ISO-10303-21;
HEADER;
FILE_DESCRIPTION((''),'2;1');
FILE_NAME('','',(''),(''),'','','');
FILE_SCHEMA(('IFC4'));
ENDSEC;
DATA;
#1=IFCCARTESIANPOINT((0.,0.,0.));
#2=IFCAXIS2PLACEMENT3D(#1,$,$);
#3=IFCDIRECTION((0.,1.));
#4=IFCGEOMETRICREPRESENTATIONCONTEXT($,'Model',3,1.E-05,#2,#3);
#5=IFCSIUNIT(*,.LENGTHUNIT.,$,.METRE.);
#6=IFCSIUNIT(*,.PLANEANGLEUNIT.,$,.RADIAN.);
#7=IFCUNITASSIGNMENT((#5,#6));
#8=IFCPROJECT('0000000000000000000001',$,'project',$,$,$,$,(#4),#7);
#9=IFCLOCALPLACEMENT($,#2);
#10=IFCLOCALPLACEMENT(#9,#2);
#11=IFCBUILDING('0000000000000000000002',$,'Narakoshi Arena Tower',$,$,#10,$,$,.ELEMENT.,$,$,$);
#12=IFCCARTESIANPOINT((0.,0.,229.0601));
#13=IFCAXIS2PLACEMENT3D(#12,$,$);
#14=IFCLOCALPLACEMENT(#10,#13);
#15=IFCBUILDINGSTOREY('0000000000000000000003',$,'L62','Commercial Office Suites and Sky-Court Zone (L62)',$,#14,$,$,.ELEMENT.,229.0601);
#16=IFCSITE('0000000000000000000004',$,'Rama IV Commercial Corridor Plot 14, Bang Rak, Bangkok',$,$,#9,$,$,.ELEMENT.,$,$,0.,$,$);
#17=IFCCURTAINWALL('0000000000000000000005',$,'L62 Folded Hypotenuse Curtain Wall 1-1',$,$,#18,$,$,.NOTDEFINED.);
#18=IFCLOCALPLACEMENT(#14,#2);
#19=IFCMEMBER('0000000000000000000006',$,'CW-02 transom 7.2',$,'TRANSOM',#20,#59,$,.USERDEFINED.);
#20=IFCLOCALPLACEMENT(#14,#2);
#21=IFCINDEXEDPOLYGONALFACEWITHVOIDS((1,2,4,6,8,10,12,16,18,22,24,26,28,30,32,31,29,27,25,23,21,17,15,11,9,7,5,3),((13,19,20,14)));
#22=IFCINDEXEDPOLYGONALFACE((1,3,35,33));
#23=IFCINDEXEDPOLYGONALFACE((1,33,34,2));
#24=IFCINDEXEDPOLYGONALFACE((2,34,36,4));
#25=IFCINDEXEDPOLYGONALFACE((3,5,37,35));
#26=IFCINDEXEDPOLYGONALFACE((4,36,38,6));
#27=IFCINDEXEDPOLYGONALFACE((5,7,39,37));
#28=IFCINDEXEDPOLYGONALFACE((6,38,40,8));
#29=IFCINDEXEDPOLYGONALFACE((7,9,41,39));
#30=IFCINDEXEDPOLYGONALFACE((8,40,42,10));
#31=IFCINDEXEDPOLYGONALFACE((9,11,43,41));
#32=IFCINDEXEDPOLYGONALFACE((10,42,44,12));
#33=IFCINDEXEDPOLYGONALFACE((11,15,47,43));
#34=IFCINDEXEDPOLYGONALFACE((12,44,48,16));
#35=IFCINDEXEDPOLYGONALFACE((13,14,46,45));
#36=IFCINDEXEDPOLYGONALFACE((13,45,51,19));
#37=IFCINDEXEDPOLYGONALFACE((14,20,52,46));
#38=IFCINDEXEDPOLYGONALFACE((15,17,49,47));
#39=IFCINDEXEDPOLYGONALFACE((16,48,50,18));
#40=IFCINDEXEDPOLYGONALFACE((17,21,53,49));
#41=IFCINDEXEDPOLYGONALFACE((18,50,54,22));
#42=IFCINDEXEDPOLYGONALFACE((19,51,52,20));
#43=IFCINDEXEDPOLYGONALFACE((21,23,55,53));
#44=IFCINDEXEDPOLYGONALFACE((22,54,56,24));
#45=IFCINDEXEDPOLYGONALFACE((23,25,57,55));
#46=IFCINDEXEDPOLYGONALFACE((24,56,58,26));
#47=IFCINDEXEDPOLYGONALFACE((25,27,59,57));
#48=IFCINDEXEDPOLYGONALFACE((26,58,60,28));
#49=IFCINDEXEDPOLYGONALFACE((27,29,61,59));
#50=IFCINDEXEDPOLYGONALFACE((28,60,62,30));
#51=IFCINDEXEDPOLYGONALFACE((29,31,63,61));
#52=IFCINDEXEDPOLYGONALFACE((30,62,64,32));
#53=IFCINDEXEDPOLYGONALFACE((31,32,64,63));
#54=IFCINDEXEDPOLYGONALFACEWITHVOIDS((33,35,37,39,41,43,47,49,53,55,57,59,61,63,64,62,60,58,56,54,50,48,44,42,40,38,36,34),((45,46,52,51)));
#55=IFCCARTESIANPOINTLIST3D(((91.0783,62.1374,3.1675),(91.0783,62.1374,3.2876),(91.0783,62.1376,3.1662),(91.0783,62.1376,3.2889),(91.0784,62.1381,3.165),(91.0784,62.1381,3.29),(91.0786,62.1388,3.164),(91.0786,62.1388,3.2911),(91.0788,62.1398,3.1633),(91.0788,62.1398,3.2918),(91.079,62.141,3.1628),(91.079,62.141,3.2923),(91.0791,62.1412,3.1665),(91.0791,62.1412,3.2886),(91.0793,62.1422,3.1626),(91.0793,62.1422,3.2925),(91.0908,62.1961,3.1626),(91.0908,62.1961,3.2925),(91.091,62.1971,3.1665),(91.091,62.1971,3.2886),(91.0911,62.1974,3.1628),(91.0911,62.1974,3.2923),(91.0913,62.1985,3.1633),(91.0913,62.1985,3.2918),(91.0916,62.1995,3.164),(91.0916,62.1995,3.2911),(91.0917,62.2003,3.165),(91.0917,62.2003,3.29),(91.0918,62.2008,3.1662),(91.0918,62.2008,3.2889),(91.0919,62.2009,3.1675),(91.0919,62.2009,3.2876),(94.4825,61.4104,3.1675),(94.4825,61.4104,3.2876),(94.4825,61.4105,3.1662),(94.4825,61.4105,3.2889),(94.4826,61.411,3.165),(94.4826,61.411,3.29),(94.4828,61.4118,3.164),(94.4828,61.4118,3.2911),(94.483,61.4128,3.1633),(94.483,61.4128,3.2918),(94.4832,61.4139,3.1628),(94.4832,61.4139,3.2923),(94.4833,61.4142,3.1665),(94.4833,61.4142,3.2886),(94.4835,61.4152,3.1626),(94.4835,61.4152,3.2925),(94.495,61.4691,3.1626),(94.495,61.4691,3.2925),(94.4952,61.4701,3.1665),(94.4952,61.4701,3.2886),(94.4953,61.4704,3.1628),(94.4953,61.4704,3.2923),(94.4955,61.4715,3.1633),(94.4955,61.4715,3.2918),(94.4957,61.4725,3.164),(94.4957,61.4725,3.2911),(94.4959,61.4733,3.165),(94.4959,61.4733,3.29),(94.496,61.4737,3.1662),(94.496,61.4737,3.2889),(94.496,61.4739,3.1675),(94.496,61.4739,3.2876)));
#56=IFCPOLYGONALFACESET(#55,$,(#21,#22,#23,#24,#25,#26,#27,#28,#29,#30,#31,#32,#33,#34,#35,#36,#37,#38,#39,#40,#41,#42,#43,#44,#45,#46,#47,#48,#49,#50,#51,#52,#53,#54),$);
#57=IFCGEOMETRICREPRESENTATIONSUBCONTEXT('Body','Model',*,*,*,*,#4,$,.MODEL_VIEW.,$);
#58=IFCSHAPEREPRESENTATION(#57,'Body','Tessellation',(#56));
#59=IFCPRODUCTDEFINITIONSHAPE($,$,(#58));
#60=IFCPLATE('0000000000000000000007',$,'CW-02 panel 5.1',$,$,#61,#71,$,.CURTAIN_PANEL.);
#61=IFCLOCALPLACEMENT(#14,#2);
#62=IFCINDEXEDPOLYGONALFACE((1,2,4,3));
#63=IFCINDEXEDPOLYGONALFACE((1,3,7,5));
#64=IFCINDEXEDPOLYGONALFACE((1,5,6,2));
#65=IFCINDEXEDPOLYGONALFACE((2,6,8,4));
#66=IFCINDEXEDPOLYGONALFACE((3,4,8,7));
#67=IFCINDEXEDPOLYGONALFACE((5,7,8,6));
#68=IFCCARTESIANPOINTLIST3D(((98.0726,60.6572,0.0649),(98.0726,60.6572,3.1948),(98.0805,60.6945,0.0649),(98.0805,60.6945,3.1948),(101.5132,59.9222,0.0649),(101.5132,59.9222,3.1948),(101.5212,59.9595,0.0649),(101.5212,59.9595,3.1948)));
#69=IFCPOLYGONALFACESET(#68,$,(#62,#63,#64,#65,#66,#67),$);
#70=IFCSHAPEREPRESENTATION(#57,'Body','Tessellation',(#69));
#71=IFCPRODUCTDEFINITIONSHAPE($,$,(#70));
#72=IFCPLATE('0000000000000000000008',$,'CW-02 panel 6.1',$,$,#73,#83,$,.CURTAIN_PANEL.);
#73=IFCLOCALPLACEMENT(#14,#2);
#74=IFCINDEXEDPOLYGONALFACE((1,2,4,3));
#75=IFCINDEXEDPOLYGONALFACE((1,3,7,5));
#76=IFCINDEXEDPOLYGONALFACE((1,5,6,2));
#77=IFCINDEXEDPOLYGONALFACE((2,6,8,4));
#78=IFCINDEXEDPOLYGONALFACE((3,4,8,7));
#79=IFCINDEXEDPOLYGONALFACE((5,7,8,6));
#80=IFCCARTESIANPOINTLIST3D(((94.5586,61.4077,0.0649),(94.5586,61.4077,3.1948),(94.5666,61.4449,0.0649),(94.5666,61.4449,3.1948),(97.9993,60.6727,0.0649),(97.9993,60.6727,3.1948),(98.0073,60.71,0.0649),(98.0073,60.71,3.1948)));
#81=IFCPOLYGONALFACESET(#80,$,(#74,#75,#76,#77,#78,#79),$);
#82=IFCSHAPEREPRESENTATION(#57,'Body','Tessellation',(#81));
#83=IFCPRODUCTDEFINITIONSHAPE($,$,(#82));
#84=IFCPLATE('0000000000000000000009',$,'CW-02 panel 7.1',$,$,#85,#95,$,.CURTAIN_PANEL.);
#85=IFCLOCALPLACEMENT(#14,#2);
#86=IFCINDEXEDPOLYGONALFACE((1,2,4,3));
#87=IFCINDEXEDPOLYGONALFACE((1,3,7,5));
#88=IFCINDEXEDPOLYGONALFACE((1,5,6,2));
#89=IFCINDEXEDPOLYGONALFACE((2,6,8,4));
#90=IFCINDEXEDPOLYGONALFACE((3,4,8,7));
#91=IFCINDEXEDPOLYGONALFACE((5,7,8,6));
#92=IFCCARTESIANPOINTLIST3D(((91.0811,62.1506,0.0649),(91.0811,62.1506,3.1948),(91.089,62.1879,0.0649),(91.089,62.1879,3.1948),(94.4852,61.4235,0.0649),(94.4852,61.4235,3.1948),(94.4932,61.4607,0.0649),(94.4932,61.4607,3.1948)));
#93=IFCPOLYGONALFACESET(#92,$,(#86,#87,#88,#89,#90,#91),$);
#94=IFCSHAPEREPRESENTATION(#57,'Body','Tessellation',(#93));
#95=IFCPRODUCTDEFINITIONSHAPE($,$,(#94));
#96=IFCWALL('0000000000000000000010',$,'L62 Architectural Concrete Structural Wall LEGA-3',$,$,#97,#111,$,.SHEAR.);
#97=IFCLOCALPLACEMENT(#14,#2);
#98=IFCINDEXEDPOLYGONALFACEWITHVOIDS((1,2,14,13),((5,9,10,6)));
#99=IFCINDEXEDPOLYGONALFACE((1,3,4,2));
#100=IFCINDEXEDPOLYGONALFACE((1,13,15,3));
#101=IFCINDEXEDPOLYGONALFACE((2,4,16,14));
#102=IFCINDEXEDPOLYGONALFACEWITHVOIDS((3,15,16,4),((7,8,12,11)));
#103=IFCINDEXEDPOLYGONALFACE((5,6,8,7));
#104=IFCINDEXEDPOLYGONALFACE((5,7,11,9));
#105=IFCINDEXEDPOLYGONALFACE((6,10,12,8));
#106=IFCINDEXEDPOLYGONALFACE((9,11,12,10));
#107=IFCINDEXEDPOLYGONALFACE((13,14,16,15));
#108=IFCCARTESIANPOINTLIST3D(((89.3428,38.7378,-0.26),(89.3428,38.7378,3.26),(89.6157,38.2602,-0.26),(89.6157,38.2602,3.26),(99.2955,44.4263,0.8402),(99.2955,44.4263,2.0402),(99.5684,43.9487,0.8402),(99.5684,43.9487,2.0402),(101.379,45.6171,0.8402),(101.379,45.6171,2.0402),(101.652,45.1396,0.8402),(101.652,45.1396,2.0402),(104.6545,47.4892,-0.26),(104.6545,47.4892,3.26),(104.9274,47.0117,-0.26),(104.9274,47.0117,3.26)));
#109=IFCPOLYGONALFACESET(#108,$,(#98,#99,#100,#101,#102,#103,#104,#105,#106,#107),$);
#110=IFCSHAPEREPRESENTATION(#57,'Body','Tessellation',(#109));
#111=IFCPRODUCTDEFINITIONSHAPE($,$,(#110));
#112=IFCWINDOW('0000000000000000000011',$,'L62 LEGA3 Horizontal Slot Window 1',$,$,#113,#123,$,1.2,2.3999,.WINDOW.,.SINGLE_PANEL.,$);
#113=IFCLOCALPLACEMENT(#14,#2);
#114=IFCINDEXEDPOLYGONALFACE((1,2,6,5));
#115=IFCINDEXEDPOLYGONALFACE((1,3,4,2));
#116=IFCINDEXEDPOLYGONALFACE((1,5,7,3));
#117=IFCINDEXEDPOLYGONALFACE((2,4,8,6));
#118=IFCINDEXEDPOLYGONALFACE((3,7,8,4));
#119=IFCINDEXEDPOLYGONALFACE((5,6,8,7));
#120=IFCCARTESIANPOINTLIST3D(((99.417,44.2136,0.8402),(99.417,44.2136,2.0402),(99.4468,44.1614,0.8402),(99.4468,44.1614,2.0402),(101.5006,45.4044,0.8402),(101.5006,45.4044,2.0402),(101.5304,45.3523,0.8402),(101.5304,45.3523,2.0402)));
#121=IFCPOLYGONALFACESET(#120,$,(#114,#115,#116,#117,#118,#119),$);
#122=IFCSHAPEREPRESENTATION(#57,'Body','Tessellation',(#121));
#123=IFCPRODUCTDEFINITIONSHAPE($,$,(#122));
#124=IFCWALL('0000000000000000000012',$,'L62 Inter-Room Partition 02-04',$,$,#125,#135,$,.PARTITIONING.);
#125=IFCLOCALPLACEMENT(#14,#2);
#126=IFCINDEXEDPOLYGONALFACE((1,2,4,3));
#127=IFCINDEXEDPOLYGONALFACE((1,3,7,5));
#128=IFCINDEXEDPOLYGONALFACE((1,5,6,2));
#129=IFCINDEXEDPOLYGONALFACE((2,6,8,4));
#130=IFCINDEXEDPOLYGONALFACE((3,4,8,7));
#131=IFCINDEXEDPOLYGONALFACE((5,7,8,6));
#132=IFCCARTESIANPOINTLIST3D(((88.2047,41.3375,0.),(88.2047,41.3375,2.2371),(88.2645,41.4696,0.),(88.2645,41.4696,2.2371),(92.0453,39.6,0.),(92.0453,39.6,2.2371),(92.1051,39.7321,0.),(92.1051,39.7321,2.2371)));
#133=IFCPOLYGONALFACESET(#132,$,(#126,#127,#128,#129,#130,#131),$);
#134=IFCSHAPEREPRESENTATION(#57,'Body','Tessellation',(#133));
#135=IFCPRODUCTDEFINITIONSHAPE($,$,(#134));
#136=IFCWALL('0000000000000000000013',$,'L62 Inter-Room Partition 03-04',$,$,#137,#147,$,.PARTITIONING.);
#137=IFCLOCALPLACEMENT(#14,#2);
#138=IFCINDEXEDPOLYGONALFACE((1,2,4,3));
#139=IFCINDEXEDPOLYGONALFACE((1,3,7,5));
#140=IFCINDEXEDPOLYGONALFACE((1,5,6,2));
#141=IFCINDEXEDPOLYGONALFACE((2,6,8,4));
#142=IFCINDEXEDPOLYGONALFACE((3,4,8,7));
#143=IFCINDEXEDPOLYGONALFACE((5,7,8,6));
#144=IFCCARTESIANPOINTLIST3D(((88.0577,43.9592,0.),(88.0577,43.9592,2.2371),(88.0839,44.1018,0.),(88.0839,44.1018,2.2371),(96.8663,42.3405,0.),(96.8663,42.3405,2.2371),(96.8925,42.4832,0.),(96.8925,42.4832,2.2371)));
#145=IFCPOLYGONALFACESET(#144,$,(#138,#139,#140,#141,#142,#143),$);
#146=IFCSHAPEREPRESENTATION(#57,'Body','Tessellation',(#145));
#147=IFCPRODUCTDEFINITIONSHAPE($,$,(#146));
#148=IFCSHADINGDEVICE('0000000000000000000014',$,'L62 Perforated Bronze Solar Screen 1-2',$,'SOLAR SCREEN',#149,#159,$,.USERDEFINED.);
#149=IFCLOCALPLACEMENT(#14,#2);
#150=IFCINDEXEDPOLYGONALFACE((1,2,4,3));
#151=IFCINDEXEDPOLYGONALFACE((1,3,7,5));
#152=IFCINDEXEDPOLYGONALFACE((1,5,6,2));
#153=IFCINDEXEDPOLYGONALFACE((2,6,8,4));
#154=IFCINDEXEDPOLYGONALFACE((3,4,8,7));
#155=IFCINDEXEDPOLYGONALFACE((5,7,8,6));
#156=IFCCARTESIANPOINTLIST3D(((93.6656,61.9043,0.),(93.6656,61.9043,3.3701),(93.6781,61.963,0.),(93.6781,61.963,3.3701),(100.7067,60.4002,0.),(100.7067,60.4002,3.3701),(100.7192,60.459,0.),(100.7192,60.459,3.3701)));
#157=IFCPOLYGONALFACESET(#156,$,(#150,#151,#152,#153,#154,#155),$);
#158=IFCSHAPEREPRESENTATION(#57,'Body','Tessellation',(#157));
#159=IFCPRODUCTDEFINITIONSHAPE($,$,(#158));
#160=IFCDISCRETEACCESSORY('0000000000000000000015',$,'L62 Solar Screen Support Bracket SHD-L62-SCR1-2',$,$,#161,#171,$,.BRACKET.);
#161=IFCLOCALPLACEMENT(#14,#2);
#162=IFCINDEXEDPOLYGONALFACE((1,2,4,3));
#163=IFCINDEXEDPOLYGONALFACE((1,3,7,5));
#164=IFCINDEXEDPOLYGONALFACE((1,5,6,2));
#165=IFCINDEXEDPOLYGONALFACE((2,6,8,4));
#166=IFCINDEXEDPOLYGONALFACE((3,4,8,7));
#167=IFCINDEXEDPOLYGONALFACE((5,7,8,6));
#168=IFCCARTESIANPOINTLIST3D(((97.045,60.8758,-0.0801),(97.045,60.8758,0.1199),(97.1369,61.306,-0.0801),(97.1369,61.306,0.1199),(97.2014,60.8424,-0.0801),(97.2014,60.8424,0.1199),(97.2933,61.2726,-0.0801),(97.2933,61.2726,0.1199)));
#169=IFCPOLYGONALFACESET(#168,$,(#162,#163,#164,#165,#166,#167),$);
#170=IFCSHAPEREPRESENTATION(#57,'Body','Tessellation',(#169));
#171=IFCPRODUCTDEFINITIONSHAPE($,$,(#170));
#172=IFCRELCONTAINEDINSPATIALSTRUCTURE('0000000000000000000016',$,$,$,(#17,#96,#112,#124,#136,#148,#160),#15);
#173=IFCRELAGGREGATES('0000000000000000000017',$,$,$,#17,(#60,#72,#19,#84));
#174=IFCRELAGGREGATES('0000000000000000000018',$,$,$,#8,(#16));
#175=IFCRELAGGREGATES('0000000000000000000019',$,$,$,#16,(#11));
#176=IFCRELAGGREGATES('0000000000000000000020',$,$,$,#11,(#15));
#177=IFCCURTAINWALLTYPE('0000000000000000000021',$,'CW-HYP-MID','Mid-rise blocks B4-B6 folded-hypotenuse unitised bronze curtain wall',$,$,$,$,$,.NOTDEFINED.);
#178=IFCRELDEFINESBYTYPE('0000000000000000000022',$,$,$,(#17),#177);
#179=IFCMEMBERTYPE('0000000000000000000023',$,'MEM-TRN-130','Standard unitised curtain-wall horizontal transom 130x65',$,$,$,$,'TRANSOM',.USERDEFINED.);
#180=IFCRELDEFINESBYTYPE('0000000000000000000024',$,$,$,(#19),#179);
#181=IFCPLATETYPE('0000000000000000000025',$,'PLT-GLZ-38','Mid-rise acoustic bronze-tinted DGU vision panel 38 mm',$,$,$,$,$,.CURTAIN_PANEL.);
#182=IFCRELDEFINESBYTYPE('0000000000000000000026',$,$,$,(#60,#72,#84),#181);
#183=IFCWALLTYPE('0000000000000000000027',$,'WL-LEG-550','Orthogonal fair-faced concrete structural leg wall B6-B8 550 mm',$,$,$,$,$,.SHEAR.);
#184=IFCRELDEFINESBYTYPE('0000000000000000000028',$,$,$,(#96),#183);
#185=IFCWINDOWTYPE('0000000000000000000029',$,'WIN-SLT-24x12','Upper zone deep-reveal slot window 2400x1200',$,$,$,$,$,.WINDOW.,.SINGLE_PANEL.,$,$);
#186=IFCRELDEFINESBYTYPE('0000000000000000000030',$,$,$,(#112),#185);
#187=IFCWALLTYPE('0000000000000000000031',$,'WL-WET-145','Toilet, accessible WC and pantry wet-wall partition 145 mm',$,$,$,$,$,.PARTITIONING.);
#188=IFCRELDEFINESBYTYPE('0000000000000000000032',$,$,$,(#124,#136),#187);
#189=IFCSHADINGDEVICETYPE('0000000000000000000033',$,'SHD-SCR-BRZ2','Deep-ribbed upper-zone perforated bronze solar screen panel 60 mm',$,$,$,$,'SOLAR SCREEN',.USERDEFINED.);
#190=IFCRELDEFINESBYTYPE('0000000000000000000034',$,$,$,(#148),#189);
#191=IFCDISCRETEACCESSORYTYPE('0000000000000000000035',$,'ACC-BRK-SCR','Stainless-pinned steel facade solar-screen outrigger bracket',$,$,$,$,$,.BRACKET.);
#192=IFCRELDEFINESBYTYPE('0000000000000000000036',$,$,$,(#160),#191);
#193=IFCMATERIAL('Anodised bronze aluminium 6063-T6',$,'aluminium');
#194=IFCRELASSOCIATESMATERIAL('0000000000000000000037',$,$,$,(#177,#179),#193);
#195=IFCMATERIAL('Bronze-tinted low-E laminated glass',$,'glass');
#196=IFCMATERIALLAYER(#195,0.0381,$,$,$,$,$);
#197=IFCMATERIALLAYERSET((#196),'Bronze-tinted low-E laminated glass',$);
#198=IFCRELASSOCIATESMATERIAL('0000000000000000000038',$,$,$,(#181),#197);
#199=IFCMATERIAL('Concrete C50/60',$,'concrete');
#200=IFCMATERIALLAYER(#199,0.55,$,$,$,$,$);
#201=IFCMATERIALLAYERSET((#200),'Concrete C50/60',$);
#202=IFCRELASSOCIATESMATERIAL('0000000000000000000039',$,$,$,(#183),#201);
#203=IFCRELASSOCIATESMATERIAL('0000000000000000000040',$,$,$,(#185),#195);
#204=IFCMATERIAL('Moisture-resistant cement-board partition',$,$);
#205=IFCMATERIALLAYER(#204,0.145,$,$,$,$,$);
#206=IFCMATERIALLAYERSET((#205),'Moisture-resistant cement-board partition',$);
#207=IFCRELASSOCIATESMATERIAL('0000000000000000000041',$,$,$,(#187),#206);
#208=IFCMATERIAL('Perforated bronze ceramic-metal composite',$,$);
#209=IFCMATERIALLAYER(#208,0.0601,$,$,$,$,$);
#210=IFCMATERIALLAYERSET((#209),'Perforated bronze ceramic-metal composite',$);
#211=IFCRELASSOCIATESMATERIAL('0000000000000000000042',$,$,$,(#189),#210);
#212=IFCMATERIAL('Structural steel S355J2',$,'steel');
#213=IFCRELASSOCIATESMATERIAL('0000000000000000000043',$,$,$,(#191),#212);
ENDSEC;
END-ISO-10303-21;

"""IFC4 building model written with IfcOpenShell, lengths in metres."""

from ifc_helpers import new_model, si_unit, direction, frame, frame_2d, origin, origin_2d, place, context, subcontext, project, spatial, rectangle, hollow_rectangle, extrude, material, layer, layer_set, material_profile, profile_set, type_object, element, fill, aggregate, save


model = new_model("IFC4")

# Units and contexts
model_context = context("Model", 3, precision=1e-05, world=origin(), true_north=direction((0.0, 1.0)))
body_context = subcontext(model_context, "Body", "Model", "MODEL_VIEW")
ifc_project = project(units=[si_unit("LENGTHUNIT", "METRE"), si_unit("PLANEANGLEUNIT", "RADIAN")], contexts=[model_context])

# Site, building, storey
site_placement = place(None, origin())
site = spatial("IfcSite", under=ifc_project, at=site_placement, Name="Rama IV Commercial Corridor Plot 14, Bang Rak, Bangkok", CompositionType="ELEMENT", RefElevation=0.0)
building_placement = place(site_placement, origin())
building = spatial("IfcBuilding", under=site, at=building_placement, Name="Narakoshi Arena Tower", CompositionType="ELEMENT")
storey_placement = place(building_placement, frame((0.0, 0.0, 229.0601)))
storey = spatial("IfcBuildingStorey", under=building, at=storey_placement, Name="L62", Description="Commercial Office Suites and Sky-Court Zone (L62)", CompositionType="ELEMENT", Elevation=229.0601)

# Shared definitions
ifc_material_1 = material(Name="Concrete C50/60", Category="concrete")

# Curtain wall, member, plates
ifc_material_2 = material(Name="Anodised bronze aluminium 6063-T6", Category="aluminium")
curtain_wall_type = type_object("IfcCurtainWallType", Name="CW-HYP-MID", Description="Mid-rise blocks B4-B6 folded-hypotenuse unitised bronze curtain wall", PredefinedType="NOTDEFINED", material=ifc_material_2)
curtain_wall_placement = place(storey_placement, origin())
curtain_wall = element("IfcCurtainWall", 1, at=curtain_wall_placement, inside=storey, type_object=curtain_wall_type, Name="L62 Folded Hypotenuse Curtain Wall 1-1", PredefinedType="NOTDEFINED")
ifc_material_profile_1 = material_profile(ifc_material_2, hollow_rectangle(XDim=0.0649, YDim=0.1299, WallThickness=0.0039, OuterFilletRadius=0.0049, at=origin_2d()), Name="TRN130x65x4")
ifc_profile_set_1 = profile_set([ifc_material_profile_1], Name="Anodised bronze aluminium 6063-T6")
member_type_1 = type_object("IfcMemberType", Name="MEM-TRN-130", Description="Standard unitised curtain-wall horizontal transom 130x65", ElementType="TRANSOM", PredefinedType="USERDEFINED", material=ifc_profile_set_1)
member_1_placement = place(storey_placement, frame((94.4893, 61.4421, 3.2275), z_axis=(-0.977946, 0.208858, 0.0), x_axis=(-0.208858, -0.977946, 0.0)))
member_1 = element("IfcMember", 2, at=member_1_placement, type_object=member_type_1, Name="CW-02 transom 7.2", ObjectType="TRANSOM", PredefinedType="USERDEFINED", context=body_context, shape_type="SweptSolid", body=[
    extrude(hollow_rectangle(XDim=0.0649, YDim=0.1299, WallThickness=0.0039, OuterFilletRadius=0.0049, at=origin_2d()), origin(), (0.0, 0.0, 1.0), 3.481),
])
ifc_material_3 = material(Name="Bronze-tinted low-E laminated glass", Category="glass")
ifc_layer_1 = layer(ifc_material_3, 0.0381)
ifc_layer_set_1 = layer_set([ifc_layer_1], Name="Bronze-tinted low-E laminated glass")
plate_type = type_object("IfcPlateType", Name="PLT-GLZ-38", Description="Mid-rise acoustic bronze-tinted DGU vision panel 38 mm", PredefinedType="CURTAIN_PANEL", material=ifc_layer_set_1)
plate_1_placement = place(storey_placement, frame((99.7969, 60.3083, 0.0649), z_axis=(0.0, 0.0, 1.0), x_axis=(-0.977937, 0.208899, 0.0)))
plate_1 = element("IfcPlate", 3, at=plate_1_placement, type_object=plate_type, Name="CW-02 panel 5.1", PredefinedType="CURTAIN_PANEL", context=body_context, shape_type="SweptSolid", body=[
    extrude(rectangle(XDim=3.5183, YDim=0.0381, at=origin_2d()), origin(), (0.0, 0.0, 1.0), 3.1299),
])
plate_2_placement = place(storey_placement, frame((96.283, 61.0588, 0.0649), z_axis=(0.0, 0.0, 1.0), x_axis=(-0.977937, 0.208899, 0.0)))
plate_2 = element("IfcPlate", 4, at=plate_2_placement, type_object=plate_type, Name="CW-02 panel 6.1", PredefinedType="CURTAIN_PANEL", context=body_context, shape_type="SweptSolid", body=[
    extrude(rectangle(XDim=3.5183, YDim=0.0381, at=origin_2d()), origin(), (0.0, 0.0, 1.0), 3.1299),
])
plate_3_placement = place(storey_placement, frame((92.7871, 61.8057, 0.0649), z_axis=(0.0, 0.0, 1.0), x_axis=(-0.977937, 0.208899, 0.0)))
plate_3 = element("IfcPlate", 5, at=plate_3_placement, type_object=plate_type, Name="CW-02 panel 7.1", PredefinedType="CURTAIN_PANEL", context=body_context, shape_type="SweptSolid", body=[
    extrude(rectangle(XDim=3.481, YDim=0.0381, at=origin_2d()), origin(), (0.0, 0.0, 1.0), 3.1299),
])
aggregate(curtain_wall, [plate_1, plate_2, member_1, plate_3])

# Wall, opening, window
ifc_layer_2 = layer(ifc_material_1, 0.55)
ifc_layer_set_2 = layer_set([ifc_layer_2], Name="Concrete C50/60")
wall_type_1 = type_object("IfcWallType", Name="WL-LEG-550", Description="Orthogonal fair-faced concrete structural leg wall B6-B8 550 mm", PredefinedType="SHEAR", material=ifc_layer_set_2)
wall_1_placement = place(storey_placement, frame((89.4792, 38.499, -0.26), z_axis=(0.0, 0.0, 1.0), x_axis=(0.868197, 0.496219, 0.0)))
wall_1 = element("IfcWall", 6, at=wall_1_placement, inside=storey, type_object=wall_type_1, Name="L62 Architectural Concrete Structural Wall LEGA-3", PredefinedType="SHEAR", context=body_context, shape_type="SweptSolid", body=[
    extrude(rectangle(XDim=17.6362, YDim=0.55, at=frame_2d((8.8181, 0.0))), origin(), (0.0, 0.0, 1.0), 3.52),
])
opening_placement = place(wall_1_placement, frame((11.4636, 0.0, 1.1001)))
opening = element("IfcOpeningElement", 7, at=opening_placement, cuts=wall_1, PredefinedType="OPENING", context=body_context, shape_type="SweptSolid", body=[
    extrude(rectangle(XDim=2.3999, YDim=1.2, at=frame_2d((1.2, 0.6001))), frame((0.0, 0.2849, 0.0), z_axis=(0.0, -1.0, 0.0), x_axis=(1.0, 0.0, 0.0)), (0.0, 0.0, 1.0), 0.5701),
])
window_type = type_object("IfcWindowType", Name="WIN-SLT-24x12", Description="Upper zone deep-reveal slot window 2400x1200", PartitioningType="SINGLE_PANEL", PredefinedType="WINDOW", material=ifc_material_3)
window_placement = place(opening_placement, origin())
window = element("IfcWindow", 8, at=window_placement, inside=storey, type_object=window_type, Name="L62 LEGA3 Horizontal Slot Window 1", OverallHeight=1.2, OverallWidth=2.3999, PartitioningType="SINGLE_PANEL", PredefinedType="WINDOW", context=body_context, shape_type="SweptSolid", body=[
    extrude(rectangle(XDim=2.3999, YDim=1.2, at=frame_2d((1.2, 0.6001))), frame((0.0, 0.03, 0.0), z_axis=(0.0, -1.0, 0.0), x_axis=(1.0, 0.0, 0.0)), (0.0, 0.0, 1.0), 0.0601),
])
fill(opening, window)

# Walls
ifc_material_4 = material(Name="Moisture-resistant cement-board partition")
ifc_layer_3 = layer(ifc_material_4, 0.145)
ifc_layer_set_3 = layer_set([ifc_layer_3], Name="Moisture-resistant cement-board partition")
wall_type_2 = type_object("IfcWallType", Name="WL-WET-145", Description="Toilet, accessible WC and pantry wet-wall partition 145 mm", PredefinedType="PARTITIONING", material=ifc_layer_set_3)
wall_2_placement = place(storey_placement, frame((88.2346, 41.4036, 0.0), z_axis=(0.0, 0.0, 1.0), x_axis=(0.911095, -0.412196, 0.0)))
element("IfcWall", 9, at=wall_2_placement, inside=storey, type_object=wall_type_2, Name="L62 Inter-Room Partition 02-04", PredefinedType="PARTITIONING", context=body_context, shape_type="SweptSolid", body=[
    extrude(rectangle(XDim=4.2153, YDim=0.145, at=frame_2d((2.1077, 0.0))), origin(), (0.0, 0.0, 1.0), 2.2371),
])
wall_3_placement = place(storey_placement, frame((96.8794, 42.4119, 0.0), z_axis=(0.0, 0.0, 1.0), x_axis=(-0.983532, 0.180732, 0.0)))
element("IfcWall", 10, at=wall_3_placement, inside=storey, type_object=wall_type_2, Name="L62 Inter-Room Partition 03-04", PredefinedType="PARTITIONING", context=body_context, shape_type="SweptSolid", body=[
    extrude(rectangle(XDim=8.9561, YDim=0.145, at=frame_2d((4.478, 0.0))), origin(), (0.0, 0.0, 1.0), 2.2371),
])

# Shading device
ifc_material_5 = material(Name="Perforated bronze ceramic-metal composite")
ifc_layer_4 = layer(ifc_material_5, 0.0601)
ifc_layer_set_4 = layer_set([ifc_layer_4], Name="Perforated bronze ceramic-metal composite")
shading_device_type = type_object("IfcShadingDeviceType", Name="SHD-SCR-BRZ2", Description="Deep-ribbed upper-zone perforated bronze solar screen panel 60 mm", ElementType="SOLAR SCREEN", PredefinedType="USERDEFINED", material=ifc_layer_set_4)
shading_device_placement = place(storey_placement, frame((97.1924, 61.1816, 0.0), z_axis=(0.0, 0.0, 1.0), x_axis=(-0.977937, 0.208902, 0.0)))
element("IfcShadingDevice", 11, at=shading_device_placement, inside=storey, type_object=shading_device_type, Name="L62 Perforated Bronze Solar Screen 1-2", ObjectType="SOLAR SCREEN", PredefinedType="USERDEFINED", context=body_context, shape_type="SweptSolid", body=[
    extrude(rectangle(XDim=7.2, YDim=0.0601, at=origin_2d()), origin(), (0.0, 0.0, 1.0), 3.3701),
])

# Discrete accessory
ifc_material_6 = material(Name="Structural steel S355J2", Category="steel")
discrete_accessory_type = type_object("IfcDiscreteAccessoryType", Name="ACC-BRK-SCR", Description="Stainless-pinned steel facade solar-screen outrigger bracket", PredefinedType="BRACKET", material=ifc_material_6)
discrete_accessory_placement = place(storey_placement, frame((97.1692, 61.0742, -0.0801), z_axis=(0.0, 0.0, 1.0), x_axis=(-0.977937, 0.208902, 0.0)))
element("IfcDiscreteAccessory", 12, at=discrete_accessory_placement, inside=storey, type_object=discrete_accessory_type, Name="L62 Solar Screen Support Bracket SHD-L62-SCR1-2", PredefinedType="BRACKET", context=body_context, shape_type="SweptSolid", body=[
    extrude(rectangle(XDim=0.1599, YDim=0.4399, at=origin_2d()), origin(), (0.0, 0.0, 1.0), 0.2),
])

save(model, "model.ifc")
